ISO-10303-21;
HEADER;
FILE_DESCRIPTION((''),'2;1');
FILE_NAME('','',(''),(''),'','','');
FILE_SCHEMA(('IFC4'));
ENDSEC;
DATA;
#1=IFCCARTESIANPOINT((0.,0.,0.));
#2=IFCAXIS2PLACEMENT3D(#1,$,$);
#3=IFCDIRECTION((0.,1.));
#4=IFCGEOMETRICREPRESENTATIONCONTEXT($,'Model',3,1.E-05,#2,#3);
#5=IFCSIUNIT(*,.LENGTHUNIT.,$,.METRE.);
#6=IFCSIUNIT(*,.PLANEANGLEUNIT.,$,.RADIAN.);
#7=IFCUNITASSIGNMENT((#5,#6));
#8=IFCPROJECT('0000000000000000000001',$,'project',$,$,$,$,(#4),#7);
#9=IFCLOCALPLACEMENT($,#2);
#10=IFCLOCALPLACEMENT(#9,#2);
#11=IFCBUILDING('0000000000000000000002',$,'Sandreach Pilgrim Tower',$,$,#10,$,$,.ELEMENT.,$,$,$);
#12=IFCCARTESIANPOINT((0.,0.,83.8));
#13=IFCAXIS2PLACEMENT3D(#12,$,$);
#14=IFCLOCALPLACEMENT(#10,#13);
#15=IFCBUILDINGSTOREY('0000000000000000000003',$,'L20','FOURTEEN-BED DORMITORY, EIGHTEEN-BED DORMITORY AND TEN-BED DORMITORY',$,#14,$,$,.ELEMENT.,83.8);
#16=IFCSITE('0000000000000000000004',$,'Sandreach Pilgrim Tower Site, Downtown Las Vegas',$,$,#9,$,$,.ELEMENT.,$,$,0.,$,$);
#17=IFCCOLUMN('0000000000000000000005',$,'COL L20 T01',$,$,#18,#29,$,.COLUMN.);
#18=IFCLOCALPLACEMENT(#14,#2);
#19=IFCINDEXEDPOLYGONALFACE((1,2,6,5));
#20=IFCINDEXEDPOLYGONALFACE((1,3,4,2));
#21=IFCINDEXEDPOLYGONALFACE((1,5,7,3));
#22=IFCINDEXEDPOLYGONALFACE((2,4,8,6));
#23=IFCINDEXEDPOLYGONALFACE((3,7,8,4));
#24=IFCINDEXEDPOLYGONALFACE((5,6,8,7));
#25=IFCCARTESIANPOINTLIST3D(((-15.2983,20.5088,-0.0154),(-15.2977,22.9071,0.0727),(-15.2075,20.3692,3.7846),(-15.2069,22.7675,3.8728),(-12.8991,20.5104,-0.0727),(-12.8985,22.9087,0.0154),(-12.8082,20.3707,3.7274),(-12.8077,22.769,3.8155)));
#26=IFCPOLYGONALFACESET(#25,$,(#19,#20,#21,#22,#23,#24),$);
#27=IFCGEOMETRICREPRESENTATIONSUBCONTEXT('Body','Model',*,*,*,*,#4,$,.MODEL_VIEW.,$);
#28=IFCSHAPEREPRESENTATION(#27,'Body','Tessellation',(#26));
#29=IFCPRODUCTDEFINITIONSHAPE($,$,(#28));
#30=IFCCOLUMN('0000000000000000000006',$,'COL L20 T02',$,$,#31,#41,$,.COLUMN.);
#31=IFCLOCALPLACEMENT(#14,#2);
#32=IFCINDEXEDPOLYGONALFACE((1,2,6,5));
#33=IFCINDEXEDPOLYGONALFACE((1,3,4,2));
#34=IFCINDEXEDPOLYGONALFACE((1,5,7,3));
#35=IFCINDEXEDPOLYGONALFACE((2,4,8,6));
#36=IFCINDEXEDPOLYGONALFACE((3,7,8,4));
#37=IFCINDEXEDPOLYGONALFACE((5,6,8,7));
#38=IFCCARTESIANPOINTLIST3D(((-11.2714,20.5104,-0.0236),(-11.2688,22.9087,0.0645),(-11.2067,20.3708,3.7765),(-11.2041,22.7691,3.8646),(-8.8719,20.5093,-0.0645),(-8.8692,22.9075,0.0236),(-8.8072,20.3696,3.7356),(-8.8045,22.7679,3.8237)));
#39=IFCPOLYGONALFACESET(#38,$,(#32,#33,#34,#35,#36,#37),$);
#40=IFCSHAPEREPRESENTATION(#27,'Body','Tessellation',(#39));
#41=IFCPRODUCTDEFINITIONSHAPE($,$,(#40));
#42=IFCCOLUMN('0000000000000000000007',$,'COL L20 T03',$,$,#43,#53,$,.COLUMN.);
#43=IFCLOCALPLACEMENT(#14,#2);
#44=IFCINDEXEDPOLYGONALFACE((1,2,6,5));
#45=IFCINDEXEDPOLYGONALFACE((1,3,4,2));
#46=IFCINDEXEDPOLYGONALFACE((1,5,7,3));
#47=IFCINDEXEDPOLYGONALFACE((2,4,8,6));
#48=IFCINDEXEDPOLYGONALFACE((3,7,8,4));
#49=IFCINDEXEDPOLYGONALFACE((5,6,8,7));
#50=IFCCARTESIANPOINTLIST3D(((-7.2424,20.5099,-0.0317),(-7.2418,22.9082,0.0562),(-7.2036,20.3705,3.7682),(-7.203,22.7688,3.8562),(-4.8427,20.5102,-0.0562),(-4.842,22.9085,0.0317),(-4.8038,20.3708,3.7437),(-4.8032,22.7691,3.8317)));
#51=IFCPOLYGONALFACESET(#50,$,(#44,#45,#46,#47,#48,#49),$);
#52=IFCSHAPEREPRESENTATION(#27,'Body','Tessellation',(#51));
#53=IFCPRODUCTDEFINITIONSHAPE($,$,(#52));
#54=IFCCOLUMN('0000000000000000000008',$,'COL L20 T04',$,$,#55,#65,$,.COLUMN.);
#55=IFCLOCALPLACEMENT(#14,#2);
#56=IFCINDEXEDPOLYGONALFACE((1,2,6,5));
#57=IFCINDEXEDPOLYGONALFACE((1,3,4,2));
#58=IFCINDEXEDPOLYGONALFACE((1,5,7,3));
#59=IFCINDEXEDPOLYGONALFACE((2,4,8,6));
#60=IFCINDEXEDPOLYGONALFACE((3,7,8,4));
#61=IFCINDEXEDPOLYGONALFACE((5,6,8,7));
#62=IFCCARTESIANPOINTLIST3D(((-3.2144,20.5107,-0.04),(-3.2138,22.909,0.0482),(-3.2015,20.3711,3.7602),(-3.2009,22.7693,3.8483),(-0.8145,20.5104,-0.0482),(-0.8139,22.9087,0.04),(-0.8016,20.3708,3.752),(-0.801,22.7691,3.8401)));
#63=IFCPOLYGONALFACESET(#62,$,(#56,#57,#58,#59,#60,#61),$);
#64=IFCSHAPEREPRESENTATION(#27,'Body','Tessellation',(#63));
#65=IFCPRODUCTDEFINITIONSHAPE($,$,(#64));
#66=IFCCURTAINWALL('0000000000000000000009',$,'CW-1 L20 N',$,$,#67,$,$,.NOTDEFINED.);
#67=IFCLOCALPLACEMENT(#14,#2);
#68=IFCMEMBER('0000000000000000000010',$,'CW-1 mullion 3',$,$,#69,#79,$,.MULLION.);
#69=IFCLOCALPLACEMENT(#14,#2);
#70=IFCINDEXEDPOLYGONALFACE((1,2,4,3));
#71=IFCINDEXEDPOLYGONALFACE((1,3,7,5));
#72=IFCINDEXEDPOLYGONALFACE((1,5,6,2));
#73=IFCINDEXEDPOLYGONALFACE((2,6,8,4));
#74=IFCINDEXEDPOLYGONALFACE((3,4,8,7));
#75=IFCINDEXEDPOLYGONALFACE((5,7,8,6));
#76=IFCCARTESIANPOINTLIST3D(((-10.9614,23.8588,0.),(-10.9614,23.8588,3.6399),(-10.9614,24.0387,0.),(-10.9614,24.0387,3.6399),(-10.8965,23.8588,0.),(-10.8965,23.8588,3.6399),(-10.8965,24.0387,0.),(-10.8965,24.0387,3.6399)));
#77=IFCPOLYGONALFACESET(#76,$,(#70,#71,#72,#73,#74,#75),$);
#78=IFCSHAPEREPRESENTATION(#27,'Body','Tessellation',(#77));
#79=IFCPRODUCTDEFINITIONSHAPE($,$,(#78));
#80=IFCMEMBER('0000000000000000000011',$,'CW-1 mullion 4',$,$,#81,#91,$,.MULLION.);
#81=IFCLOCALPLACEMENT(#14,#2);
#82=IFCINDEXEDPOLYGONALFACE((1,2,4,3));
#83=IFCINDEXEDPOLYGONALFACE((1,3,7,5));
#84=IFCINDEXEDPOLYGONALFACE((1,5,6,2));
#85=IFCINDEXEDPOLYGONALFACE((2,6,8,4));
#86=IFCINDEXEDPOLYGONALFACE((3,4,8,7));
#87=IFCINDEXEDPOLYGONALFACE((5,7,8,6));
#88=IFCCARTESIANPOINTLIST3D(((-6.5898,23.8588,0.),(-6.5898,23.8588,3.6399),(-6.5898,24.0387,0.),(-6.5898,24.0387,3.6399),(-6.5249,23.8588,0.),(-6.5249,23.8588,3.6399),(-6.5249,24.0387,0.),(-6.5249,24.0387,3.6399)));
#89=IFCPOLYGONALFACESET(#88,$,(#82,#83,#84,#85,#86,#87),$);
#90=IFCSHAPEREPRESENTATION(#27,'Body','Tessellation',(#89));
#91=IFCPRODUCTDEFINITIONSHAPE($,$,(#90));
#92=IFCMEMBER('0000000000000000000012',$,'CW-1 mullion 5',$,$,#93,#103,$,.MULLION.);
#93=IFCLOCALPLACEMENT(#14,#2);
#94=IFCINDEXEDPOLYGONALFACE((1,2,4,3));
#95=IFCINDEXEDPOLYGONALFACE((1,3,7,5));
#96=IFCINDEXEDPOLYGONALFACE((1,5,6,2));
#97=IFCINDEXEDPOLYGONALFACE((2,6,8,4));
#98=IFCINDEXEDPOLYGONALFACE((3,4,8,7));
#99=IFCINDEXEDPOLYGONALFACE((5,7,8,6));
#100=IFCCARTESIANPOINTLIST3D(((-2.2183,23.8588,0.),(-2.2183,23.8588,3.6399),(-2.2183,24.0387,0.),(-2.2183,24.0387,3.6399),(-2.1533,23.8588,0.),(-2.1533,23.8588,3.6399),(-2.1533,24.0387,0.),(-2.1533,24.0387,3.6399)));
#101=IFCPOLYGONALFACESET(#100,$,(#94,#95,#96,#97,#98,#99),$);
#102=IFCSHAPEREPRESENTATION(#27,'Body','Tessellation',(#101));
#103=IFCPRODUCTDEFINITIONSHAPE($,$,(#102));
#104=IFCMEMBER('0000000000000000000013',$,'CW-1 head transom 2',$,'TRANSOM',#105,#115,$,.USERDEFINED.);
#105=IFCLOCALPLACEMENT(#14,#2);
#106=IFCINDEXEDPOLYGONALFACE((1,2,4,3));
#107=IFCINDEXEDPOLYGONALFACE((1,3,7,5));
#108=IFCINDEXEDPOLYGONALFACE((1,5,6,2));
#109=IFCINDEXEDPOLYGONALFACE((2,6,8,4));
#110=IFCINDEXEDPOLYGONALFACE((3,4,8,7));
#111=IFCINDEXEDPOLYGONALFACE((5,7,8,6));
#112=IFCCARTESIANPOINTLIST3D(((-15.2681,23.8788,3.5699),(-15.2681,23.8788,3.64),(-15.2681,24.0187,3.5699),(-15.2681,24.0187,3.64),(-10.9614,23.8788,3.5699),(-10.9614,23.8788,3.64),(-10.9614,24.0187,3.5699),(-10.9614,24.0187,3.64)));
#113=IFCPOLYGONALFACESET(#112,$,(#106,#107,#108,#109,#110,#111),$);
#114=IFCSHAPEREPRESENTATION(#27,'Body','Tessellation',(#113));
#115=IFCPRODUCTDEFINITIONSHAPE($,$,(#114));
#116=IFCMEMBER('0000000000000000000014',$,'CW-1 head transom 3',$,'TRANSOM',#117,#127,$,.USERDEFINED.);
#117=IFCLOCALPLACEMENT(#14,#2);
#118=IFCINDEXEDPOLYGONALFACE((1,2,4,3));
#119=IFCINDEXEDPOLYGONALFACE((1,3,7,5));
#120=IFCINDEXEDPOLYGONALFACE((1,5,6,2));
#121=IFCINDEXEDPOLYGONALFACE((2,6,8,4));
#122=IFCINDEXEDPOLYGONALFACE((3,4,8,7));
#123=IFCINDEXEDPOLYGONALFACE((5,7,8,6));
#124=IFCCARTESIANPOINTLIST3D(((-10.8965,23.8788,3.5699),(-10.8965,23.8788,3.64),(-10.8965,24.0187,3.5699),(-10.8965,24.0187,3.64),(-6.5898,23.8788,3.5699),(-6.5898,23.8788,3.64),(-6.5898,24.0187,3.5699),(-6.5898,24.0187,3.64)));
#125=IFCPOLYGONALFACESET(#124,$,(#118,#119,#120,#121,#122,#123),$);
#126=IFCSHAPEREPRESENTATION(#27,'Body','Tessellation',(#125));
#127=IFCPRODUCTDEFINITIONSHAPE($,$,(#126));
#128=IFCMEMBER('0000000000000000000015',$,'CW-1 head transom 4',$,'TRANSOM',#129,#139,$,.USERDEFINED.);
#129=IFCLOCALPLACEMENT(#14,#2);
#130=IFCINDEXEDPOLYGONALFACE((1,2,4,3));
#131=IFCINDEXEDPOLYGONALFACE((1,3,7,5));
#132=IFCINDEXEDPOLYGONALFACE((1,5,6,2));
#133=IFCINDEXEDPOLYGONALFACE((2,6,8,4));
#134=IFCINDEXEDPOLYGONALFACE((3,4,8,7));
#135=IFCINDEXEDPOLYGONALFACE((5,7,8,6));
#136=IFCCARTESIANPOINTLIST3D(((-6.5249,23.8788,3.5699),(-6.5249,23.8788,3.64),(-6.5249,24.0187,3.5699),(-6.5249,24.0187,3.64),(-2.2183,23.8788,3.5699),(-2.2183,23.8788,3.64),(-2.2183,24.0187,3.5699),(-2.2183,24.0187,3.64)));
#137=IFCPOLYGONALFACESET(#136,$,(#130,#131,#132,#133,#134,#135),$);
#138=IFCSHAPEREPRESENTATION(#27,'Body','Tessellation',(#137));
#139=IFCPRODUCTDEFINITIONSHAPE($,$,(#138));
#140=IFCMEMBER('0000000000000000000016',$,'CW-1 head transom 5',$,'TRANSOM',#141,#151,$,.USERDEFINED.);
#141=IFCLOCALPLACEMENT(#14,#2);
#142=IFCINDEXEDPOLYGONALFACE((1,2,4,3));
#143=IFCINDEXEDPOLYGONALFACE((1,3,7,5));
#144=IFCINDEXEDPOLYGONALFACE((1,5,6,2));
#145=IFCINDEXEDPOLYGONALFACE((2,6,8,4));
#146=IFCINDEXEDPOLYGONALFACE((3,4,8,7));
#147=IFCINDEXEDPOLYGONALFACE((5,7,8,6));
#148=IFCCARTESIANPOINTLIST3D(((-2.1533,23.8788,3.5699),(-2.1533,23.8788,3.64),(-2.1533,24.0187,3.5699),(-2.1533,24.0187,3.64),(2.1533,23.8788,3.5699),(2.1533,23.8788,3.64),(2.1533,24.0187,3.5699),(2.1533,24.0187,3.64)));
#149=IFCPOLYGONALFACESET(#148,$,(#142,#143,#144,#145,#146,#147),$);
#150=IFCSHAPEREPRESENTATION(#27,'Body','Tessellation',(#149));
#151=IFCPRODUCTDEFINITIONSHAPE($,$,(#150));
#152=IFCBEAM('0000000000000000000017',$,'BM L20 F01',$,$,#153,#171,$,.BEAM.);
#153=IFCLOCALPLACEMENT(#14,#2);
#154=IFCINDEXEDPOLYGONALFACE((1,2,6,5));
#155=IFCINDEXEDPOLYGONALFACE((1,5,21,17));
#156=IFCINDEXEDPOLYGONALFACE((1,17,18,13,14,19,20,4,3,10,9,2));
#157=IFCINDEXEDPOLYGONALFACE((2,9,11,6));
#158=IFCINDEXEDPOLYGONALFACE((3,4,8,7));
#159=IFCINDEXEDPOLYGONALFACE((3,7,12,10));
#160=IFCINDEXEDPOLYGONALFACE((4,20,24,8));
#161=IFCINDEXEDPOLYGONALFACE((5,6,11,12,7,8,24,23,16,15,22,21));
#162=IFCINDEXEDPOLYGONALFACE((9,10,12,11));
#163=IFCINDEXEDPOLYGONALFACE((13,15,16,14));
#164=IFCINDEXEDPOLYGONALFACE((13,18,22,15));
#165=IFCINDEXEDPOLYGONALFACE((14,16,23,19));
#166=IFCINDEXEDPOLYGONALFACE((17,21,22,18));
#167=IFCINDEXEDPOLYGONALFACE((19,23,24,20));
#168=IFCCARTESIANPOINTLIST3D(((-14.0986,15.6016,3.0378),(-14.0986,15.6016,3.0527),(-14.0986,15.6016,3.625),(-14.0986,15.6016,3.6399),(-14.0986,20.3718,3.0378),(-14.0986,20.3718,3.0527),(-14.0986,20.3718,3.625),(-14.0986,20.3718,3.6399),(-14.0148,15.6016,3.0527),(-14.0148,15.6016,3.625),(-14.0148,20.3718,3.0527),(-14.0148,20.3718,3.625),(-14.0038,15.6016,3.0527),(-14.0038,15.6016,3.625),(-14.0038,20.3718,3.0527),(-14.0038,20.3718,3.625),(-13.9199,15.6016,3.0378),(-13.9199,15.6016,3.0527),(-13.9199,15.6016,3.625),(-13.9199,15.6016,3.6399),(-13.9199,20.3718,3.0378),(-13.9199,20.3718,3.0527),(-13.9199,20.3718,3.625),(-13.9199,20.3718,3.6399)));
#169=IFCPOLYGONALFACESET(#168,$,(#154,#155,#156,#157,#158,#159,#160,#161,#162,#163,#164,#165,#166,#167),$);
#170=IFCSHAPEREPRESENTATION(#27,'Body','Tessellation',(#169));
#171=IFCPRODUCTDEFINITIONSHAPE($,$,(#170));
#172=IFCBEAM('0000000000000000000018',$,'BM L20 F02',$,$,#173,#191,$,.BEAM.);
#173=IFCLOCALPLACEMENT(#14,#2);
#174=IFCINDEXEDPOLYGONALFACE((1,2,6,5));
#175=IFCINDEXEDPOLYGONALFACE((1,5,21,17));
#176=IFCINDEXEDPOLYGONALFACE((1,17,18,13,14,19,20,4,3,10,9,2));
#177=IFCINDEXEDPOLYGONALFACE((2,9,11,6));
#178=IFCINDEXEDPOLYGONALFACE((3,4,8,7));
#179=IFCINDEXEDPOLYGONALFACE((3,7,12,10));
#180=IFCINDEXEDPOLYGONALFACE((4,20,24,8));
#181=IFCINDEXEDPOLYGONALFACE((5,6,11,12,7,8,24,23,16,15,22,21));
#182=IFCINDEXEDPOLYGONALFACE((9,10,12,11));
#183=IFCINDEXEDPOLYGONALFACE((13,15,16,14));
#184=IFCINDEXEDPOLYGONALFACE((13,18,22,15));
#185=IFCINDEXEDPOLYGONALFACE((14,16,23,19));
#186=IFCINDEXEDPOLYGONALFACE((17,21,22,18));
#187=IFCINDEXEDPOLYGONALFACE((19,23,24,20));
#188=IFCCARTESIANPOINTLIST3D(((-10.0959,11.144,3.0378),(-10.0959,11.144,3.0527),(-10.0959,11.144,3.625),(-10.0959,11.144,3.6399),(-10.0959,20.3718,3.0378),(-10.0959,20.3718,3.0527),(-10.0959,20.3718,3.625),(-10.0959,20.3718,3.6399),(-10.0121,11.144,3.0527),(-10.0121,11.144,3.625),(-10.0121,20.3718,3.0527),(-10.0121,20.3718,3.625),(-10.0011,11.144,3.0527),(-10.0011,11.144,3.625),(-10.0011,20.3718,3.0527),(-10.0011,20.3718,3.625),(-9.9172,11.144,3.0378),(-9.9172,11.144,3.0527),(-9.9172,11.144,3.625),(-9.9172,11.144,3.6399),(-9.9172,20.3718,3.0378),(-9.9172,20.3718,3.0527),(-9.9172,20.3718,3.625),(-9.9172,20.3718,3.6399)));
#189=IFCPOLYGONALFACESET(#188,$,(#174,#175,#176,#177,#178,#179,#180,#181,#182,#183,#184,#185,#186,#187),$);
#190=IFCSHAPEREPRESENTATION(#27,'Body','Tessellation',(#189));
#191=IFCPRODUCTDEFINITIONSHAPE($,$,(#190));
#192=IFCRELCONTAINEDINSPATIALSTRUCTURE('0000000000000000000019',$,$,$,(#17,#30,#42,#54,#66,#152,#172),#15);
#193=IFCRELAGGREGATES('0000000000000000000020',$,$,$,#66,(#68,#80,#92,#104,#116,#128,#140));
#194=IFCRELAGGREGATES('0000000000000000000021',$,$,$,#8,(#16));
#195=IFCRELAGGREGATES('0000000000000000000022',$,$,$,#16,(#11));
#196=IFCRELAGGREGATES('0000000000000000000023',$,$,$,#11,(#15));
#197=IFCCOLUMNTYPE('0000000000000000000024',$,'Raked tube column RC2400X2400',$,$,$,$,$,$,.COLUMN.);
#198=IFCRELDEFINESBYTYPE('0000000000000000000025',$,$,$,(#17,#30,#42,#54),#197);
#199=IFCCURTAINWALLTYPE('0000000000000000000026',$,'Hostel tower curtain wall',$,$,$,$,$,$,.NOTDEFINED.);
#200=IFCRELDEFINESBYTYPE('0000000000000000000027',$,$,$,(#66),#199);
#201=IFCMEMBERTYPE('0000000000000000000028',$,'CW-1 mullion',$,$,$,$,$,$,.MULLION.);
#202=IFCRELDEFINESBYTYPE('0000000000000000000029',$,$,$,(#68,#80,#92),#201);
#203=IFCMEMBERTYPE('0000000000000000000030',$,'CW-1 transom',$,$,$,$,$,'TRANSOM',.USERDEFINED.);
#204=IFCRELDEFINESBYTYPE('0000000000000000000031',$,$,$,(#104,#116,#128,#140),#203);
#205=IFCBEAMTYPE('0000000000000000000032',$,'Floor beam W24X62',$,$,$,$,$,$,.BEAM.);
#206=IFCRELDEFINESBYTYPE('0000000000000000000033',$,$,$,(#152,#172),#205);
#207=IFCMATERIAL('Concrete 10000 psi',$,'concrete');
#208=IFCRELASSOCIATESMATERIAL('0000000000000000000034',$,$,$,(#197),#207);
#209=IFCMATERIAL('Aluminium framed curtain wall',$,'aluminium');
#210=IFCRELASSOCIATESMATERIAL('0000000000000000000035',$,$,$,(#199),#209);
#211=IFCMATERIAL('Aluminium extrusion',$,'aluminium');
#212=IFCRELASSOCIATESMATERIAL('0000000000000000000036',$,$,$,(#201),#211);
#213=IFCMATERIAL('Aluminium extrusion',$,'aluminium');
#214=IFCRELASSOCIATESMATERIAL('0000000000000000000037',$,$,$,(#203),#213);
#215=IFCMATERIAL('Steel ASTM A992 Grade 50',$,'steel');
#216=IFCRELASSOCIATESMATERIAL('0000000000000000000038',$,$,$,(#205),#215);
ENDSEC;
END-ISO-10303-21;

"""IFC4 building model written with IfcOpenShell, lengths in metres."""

from ifc_helpers import new_model, si_unit, direction, frame, origin, origin_2d, place, context, subcontext, project, spatial, rectangle, i_section, extrude, material, material_profile, profile_set, type_object, element, aggregate, save


model = new_model("IFC4")

# Units and contexts
model_context = context("Model", 3, precision=1e-05, world=origin(), true_north=direction((0.0, 1.0)))
body_context = subcontext(model_context, "Body", "Model", "MODEL_VIEW")
ifc_project = project(units=[si_unit("LENGTHUNIT", "METRE"), si_unit("PLANEANGLEUNIT", "RADIAN")], contexts=[model_context])

# Site, building, storey
site_placement = place(None, origin())
site = spatial("IfcSite", under=ifc_project, at=site_placement, Name="Sandreach Pilgrim Tower Site, Downtown Las Vegas", CompositionType="ELEMENT", RefElevation=0.0)
building_placement = place(site_placement, origin())
building = spatial("IfcBuilding", under=site, at=building_placement, Name="Sandreach Pilgrim Tower", CompositionType="ELEMENT")
storey_placement = place(building_placement, frame((0.0, 0.0, 83.8)))
storey = spatial("IfcBuildingStorey", under=building, at=storey_placement, Name="L20", Description="FOURTEEN-BED DORMITORY, EIGHTEEN-BED DORMITORY AND TEN-BED DORMITORY", CompositionType="ELEMENT", Elevation=83.8)

# Columns
ifc_material_1 = material(Name="Concrete 10000 psi", Category="concrete")
ifc_material_profile_1 = material_profile(ifc_material_1, rectangle(XDim=2.3999, YDim=2.3999, at=origin_2d()), Name="RC2400X2400")
ifc_profile_set_1 = profile_set([ifc_material_profile_1], Name="Concrete 10000 psi")
column_type = type_object("IfcColumnType", Name="Raked tube column RC2400X2400", PredefinedType="COLUMN", material=ifc_profile_set_1)
column_1_placement = place(storey_placement, frame((-14.0984, 21.7087, 0.0), z_axis=(0.023877, -0.036714, 0.999041), x_axis=(0.00023, 0.999326, 0.036719)))
element("IfcColumn", 1, at=column_1_placement, inside=storey, type_object=column_type, Name="COL L20 T01", PredefinedType="COLUMN", context=body_context, shape_type="SweptSolid", body=[
    extrude(rectangle(XDim=2.3999, YDim=2.3999, at=origin_2d()), origin(), (0.0, 0.0, 1.0), 3.8037),
])
column_2_placement = place(storey_placement, frame((-10.0703, 21.709, 0.0), z_axis=(0.017011, -0.036719, 0.999181), x_axis=(0.001112, 0.999326, 0.036705)))
element("IfcColumn", 2, at=column_2_placement, inside=storey, type_object=column_type, Name="COL L20 T02", PredefinedType="COLUMN", context=body_context, shape_type="SweptSolid", body=[
    extrude(rectangle(XDim=2.3999, YDim=2.3999, at=origin_2d()), origin(), (0.0, 0.0, 1.0), 3.8032),
])
for number, where, z_axis, x_axis, name in (
    (3, (-6.0422, 21.7092, 0.0), (0.010208, -0.036658, 0.999276), (0.000252, 0.999328, 0.036658), "COL L20 T03"),
    (4, (-2.0142, 21.7097, 0.0), (0.003403, -0.036724, 0.99932), (0.000242, 0.999325, 0.036724), "COL L20 T04"),
):
    element("IfcColumn", number, at=place(storey_placement, frame(where, z_axis=z_axis, x_axis=x_axis)), inside=storey, type_object=column_type, Name=name, PredefinedType="COLUMN", context=body_context, shape_type="SweptSolid", body=[
        extrude(rectangle(XDim=2.3999, YDim=2.3999, at=origin_2d()), origin(), (0.0, 0.0, 1.0), 3.8027),
    ])

# Curtain wall, members
ifc_material_2 = material(Name="Aluminium framed curtain wall", Category="aluminium")
curtain_wall_type = type_object("IfcCurtainWallType", Name="Hostel tower curtain wall", PredefinedType="NOTDEFINED", material=ifc_material_2)
curtain_wall_placement = place(storey_placement, origin())
curtain_wall = element("IfcCurtainWall", 5, at=curtain_wall_placement, inside=storey, type_object=curtain_wall_type, Name="CW-1 L20 N", PredefinedType="NOTDEFINED")
ifc_material_3 = material(Name="Aluminium extrusion", Category="aluminium")
ifc_material_profile_2 = material_profile(ifc_material_3, rectangle(XDim=0.0649, YDim=0.1799, at=origin_2d()), Name="CW-1M 65X180")
ifc_profile_set_2 = profile_set([ifc_material_profile_2], Name="Aluminium extrusion")
member_type_1 = type_object("IfcMemberType", Name="CW-1 mullion", PredefinedType="MULLION", material=ifc_profile_set_2)
member_1_placement = place(storey_placement, frame((-10.929, 23.9487, 0.0), z_axis=(0.0, 0.0, 1.0), x_axis=(1.0, 0.0, 0.0)))
member_1 = element("IfcMember", 6, at=member_1_placement, type_object=member_type_1, Name="CW-1 mullion 3", PredefinedType="MULLION", context=body_context, shape_type="SweptSolid", body=[
    extrude(rectangle(XDim=0.0649, YDim=0.1799, at=origin_2d()), origin(), (0.0, 0.0, 1.0), 3.6399),
])
member_2_placement = place(storey_placement, frame((-6.5574, 23.9487, 0.0), z_axis=(0.0, 0.0, 1.0), x_axis=(1.0, 0.0, 0.0)))
member_2 = element("IfcMember", 7, at=member_2_placement, type_object=member_type_1, Name="CW-1 mullion 4", PredefinedType="MULLION", context=body_context, shape_type="SweptSolid", body=[
    extrude(rectangle(XDim=0.0649, YDim=0.1799, at=origin_2d()), origin(), (0.0, 0.0, 1.0), 3.6399),
])
member_3_placement = place(storey_placement, frame((-2.1858, 23.9487, 0.0), z_axis=(0.0, 0.0, 1.0), x_axis=(1.0, 0.0, 0.0)))
member_3 = element("IfcMember", 8, at=member_3_placement, type_object=member_type_1, Name="CW-1 mullion 5", PredefinedType="MULLION", context=body_context, shape_type="SweptSolid", body=[
    extrude(rectangle(XDim=0.0649, YDim=0.1799, at=origin_2d()), origin(), (0.0, 0.0, 1.0), 3.6399),
])
ifc_material_4 = material(Name="Aluminium extrusion", Category="aluminium")
ifc_material_profile_3 = material_profile(ifc_material_4, rectangle(XDim=0.1399, YDim=0.0701, at=origin_2d()), Name="CW-1T 140X70")
ifc_profile_set_3 = profile_set([ifc_material_profile_3], Name="Aluminium extrusion")
member_type_2 = type_object("IfcMemberType", Name="CW-1 transom", ElementType="TRANSOM", PredefinedType="USERDEFINED", material=ifc_profile_set_3)
member_4_placement = place(storey_placement, frame((-15.2681, 23.9487, 3.605), z_axis=(1.0, 0.0, 0.0), x_axis=(0.0, 1.0, 0.0)))
member_4 = element("IfcMember", 9, at=member_4_placement, type_object=member_type_2, Name="CW-1 head transom 2", ObjectType="TRANSOM", PredefinedType="USERDEFINED", context=body_context, shape_type="SweptSolid", body=[
    extrude(rectangle(XDim=0.1399, YDim=0.0701, at=origin_2d()), origin(), (0.0, 0.0, 1.0), 4.3066),
])
member_5_placement = place(storey_placement, frame((-10.8965, 23.9487, 3.605), z_axis=(1.0, 0.0, 0.0), x_axis=(0.0, 1.0, 0.0)))
member_5 = element("IfcMember", 10, at=member_5_placement, type_object=member_type_2, Name="CW-1 head transom 3", ObjectType="TRANSOM", PredefinedType="USERDEFINED", context=body_context, shape_type="SweptSolid", body=[
    extrude(rectangle(XDim=0.1399, YDim=0.0701, at=origin_2d()), origin(), (0.0, 0.0, 1.0), 4.3066),
])
member_6_placement = place(storey_placement, frame((-6.5249, 23.9487, 3.605), z_axis=(1.0, 0.0, 0.0), x_axis=(0.0, 1.0, 0.0)))
member_6 = element("IfcMember", 11, at=member_6_placement, type_object=member_type_2, Name="CW-1 head transom 4", ObjectType="TRANSOM", PredefinedType="USERDEFINED", context=body_context, shape_type="SweptSolid", body=[
    extrude(rectangle(XDim=0.1399, YDim=0.0701, at=origin_2d()), origin(), (0.0, 0.0, 1.0), 4.3066),
])
member_7_placement = place(storey_placement, frame((-2.1533, 23.9487, 3.605), z_axis=(1.0, 0.0, 0.0), x_axis=(0.0, 1.0, 0.0)))
member_7 = element("IfcMember", 12, at=member_7_placement, type_object=member_type_2, Name="CW-1 head transom 5", ObjectType="TRANSOM", PredefinedType="USERDEFINED", context=body_context, shape_type="SweptSolid", body=[
    extrude(rectangle(XDim=0.1399, YDim=0.0701, at=origin_2d()), origin(), (0.0, 0.0, 1.0), 4.3066),
])

# Beams
ifc_material_5 = material(Name="Steel ASTM A992 Grade 50", Category="steel")
ifc_material_profile_4 = material_profile(ifc_material_5, i_section(OverallWidth=0.1787, OverallDepth=0.6021, WebThickness=0.011, FlangeThickness=0.0149, at=origin_2d()), Name="W24X62")
ifc_profile_set_4 = profile_set([ifc_material_profile_4], Name="Steel ASTM A992 Grade 50")
beam_type_1 = type_object("IfcBeamType", Name="Floor beam W24X62", PredefinedType="BEAM", material=ifc_profile_set_4)
beam_1_placement = place(storey_placement, frame((-14.0093, 20.3718, 3.3389), z_axis=(0.0, -1.0, 0.0), x_axis=(1.0, 0.0, 0.0)))
element("IfcBeam", 13, at=beam_1_placement, inside=storey, type_object=beam_type_1, Name="BM L20 F01", PredefinedType="BEAM", context=body_context, shape_type="SweptSolid", body=[
    extrude(i_section(OverallWidth=0.1787, OverallDepth=0.6021, WebThickness=0.011, FlangeThickness=0.0149, at=origin_2d()), origin(), (0.0, 0.0, 1.0), 4.7703),
])
beam_2_placement = place(storey_placement, frame((-10.0066, 20.3718, 3.3389), z_axis=(0.0, -1.0, 0.0), x_axis=(1.0, 0.0, 0.0)))
element("IfcBeam", 14, at=beam_2_placement, inside=storey, type_object=beam_type_1, Name="BM L20 F02", PredefinedType="BEAM", context=body_context, shape_type="SweptSolid", body=[
    extrude(i_section(OverallWidth=0.1787, OverallDepth=0.6021, WebThickness=0.011, FlangeThickness=0.0149, at=origin_2d()), origin(), (0.0, 0.0, 1.0), 9.2278),
])

aggregate(curtain_wall, [member_1, member_2, member_3, member_4, member_5, member_6, member_7])

save(model, "model.ifc")
